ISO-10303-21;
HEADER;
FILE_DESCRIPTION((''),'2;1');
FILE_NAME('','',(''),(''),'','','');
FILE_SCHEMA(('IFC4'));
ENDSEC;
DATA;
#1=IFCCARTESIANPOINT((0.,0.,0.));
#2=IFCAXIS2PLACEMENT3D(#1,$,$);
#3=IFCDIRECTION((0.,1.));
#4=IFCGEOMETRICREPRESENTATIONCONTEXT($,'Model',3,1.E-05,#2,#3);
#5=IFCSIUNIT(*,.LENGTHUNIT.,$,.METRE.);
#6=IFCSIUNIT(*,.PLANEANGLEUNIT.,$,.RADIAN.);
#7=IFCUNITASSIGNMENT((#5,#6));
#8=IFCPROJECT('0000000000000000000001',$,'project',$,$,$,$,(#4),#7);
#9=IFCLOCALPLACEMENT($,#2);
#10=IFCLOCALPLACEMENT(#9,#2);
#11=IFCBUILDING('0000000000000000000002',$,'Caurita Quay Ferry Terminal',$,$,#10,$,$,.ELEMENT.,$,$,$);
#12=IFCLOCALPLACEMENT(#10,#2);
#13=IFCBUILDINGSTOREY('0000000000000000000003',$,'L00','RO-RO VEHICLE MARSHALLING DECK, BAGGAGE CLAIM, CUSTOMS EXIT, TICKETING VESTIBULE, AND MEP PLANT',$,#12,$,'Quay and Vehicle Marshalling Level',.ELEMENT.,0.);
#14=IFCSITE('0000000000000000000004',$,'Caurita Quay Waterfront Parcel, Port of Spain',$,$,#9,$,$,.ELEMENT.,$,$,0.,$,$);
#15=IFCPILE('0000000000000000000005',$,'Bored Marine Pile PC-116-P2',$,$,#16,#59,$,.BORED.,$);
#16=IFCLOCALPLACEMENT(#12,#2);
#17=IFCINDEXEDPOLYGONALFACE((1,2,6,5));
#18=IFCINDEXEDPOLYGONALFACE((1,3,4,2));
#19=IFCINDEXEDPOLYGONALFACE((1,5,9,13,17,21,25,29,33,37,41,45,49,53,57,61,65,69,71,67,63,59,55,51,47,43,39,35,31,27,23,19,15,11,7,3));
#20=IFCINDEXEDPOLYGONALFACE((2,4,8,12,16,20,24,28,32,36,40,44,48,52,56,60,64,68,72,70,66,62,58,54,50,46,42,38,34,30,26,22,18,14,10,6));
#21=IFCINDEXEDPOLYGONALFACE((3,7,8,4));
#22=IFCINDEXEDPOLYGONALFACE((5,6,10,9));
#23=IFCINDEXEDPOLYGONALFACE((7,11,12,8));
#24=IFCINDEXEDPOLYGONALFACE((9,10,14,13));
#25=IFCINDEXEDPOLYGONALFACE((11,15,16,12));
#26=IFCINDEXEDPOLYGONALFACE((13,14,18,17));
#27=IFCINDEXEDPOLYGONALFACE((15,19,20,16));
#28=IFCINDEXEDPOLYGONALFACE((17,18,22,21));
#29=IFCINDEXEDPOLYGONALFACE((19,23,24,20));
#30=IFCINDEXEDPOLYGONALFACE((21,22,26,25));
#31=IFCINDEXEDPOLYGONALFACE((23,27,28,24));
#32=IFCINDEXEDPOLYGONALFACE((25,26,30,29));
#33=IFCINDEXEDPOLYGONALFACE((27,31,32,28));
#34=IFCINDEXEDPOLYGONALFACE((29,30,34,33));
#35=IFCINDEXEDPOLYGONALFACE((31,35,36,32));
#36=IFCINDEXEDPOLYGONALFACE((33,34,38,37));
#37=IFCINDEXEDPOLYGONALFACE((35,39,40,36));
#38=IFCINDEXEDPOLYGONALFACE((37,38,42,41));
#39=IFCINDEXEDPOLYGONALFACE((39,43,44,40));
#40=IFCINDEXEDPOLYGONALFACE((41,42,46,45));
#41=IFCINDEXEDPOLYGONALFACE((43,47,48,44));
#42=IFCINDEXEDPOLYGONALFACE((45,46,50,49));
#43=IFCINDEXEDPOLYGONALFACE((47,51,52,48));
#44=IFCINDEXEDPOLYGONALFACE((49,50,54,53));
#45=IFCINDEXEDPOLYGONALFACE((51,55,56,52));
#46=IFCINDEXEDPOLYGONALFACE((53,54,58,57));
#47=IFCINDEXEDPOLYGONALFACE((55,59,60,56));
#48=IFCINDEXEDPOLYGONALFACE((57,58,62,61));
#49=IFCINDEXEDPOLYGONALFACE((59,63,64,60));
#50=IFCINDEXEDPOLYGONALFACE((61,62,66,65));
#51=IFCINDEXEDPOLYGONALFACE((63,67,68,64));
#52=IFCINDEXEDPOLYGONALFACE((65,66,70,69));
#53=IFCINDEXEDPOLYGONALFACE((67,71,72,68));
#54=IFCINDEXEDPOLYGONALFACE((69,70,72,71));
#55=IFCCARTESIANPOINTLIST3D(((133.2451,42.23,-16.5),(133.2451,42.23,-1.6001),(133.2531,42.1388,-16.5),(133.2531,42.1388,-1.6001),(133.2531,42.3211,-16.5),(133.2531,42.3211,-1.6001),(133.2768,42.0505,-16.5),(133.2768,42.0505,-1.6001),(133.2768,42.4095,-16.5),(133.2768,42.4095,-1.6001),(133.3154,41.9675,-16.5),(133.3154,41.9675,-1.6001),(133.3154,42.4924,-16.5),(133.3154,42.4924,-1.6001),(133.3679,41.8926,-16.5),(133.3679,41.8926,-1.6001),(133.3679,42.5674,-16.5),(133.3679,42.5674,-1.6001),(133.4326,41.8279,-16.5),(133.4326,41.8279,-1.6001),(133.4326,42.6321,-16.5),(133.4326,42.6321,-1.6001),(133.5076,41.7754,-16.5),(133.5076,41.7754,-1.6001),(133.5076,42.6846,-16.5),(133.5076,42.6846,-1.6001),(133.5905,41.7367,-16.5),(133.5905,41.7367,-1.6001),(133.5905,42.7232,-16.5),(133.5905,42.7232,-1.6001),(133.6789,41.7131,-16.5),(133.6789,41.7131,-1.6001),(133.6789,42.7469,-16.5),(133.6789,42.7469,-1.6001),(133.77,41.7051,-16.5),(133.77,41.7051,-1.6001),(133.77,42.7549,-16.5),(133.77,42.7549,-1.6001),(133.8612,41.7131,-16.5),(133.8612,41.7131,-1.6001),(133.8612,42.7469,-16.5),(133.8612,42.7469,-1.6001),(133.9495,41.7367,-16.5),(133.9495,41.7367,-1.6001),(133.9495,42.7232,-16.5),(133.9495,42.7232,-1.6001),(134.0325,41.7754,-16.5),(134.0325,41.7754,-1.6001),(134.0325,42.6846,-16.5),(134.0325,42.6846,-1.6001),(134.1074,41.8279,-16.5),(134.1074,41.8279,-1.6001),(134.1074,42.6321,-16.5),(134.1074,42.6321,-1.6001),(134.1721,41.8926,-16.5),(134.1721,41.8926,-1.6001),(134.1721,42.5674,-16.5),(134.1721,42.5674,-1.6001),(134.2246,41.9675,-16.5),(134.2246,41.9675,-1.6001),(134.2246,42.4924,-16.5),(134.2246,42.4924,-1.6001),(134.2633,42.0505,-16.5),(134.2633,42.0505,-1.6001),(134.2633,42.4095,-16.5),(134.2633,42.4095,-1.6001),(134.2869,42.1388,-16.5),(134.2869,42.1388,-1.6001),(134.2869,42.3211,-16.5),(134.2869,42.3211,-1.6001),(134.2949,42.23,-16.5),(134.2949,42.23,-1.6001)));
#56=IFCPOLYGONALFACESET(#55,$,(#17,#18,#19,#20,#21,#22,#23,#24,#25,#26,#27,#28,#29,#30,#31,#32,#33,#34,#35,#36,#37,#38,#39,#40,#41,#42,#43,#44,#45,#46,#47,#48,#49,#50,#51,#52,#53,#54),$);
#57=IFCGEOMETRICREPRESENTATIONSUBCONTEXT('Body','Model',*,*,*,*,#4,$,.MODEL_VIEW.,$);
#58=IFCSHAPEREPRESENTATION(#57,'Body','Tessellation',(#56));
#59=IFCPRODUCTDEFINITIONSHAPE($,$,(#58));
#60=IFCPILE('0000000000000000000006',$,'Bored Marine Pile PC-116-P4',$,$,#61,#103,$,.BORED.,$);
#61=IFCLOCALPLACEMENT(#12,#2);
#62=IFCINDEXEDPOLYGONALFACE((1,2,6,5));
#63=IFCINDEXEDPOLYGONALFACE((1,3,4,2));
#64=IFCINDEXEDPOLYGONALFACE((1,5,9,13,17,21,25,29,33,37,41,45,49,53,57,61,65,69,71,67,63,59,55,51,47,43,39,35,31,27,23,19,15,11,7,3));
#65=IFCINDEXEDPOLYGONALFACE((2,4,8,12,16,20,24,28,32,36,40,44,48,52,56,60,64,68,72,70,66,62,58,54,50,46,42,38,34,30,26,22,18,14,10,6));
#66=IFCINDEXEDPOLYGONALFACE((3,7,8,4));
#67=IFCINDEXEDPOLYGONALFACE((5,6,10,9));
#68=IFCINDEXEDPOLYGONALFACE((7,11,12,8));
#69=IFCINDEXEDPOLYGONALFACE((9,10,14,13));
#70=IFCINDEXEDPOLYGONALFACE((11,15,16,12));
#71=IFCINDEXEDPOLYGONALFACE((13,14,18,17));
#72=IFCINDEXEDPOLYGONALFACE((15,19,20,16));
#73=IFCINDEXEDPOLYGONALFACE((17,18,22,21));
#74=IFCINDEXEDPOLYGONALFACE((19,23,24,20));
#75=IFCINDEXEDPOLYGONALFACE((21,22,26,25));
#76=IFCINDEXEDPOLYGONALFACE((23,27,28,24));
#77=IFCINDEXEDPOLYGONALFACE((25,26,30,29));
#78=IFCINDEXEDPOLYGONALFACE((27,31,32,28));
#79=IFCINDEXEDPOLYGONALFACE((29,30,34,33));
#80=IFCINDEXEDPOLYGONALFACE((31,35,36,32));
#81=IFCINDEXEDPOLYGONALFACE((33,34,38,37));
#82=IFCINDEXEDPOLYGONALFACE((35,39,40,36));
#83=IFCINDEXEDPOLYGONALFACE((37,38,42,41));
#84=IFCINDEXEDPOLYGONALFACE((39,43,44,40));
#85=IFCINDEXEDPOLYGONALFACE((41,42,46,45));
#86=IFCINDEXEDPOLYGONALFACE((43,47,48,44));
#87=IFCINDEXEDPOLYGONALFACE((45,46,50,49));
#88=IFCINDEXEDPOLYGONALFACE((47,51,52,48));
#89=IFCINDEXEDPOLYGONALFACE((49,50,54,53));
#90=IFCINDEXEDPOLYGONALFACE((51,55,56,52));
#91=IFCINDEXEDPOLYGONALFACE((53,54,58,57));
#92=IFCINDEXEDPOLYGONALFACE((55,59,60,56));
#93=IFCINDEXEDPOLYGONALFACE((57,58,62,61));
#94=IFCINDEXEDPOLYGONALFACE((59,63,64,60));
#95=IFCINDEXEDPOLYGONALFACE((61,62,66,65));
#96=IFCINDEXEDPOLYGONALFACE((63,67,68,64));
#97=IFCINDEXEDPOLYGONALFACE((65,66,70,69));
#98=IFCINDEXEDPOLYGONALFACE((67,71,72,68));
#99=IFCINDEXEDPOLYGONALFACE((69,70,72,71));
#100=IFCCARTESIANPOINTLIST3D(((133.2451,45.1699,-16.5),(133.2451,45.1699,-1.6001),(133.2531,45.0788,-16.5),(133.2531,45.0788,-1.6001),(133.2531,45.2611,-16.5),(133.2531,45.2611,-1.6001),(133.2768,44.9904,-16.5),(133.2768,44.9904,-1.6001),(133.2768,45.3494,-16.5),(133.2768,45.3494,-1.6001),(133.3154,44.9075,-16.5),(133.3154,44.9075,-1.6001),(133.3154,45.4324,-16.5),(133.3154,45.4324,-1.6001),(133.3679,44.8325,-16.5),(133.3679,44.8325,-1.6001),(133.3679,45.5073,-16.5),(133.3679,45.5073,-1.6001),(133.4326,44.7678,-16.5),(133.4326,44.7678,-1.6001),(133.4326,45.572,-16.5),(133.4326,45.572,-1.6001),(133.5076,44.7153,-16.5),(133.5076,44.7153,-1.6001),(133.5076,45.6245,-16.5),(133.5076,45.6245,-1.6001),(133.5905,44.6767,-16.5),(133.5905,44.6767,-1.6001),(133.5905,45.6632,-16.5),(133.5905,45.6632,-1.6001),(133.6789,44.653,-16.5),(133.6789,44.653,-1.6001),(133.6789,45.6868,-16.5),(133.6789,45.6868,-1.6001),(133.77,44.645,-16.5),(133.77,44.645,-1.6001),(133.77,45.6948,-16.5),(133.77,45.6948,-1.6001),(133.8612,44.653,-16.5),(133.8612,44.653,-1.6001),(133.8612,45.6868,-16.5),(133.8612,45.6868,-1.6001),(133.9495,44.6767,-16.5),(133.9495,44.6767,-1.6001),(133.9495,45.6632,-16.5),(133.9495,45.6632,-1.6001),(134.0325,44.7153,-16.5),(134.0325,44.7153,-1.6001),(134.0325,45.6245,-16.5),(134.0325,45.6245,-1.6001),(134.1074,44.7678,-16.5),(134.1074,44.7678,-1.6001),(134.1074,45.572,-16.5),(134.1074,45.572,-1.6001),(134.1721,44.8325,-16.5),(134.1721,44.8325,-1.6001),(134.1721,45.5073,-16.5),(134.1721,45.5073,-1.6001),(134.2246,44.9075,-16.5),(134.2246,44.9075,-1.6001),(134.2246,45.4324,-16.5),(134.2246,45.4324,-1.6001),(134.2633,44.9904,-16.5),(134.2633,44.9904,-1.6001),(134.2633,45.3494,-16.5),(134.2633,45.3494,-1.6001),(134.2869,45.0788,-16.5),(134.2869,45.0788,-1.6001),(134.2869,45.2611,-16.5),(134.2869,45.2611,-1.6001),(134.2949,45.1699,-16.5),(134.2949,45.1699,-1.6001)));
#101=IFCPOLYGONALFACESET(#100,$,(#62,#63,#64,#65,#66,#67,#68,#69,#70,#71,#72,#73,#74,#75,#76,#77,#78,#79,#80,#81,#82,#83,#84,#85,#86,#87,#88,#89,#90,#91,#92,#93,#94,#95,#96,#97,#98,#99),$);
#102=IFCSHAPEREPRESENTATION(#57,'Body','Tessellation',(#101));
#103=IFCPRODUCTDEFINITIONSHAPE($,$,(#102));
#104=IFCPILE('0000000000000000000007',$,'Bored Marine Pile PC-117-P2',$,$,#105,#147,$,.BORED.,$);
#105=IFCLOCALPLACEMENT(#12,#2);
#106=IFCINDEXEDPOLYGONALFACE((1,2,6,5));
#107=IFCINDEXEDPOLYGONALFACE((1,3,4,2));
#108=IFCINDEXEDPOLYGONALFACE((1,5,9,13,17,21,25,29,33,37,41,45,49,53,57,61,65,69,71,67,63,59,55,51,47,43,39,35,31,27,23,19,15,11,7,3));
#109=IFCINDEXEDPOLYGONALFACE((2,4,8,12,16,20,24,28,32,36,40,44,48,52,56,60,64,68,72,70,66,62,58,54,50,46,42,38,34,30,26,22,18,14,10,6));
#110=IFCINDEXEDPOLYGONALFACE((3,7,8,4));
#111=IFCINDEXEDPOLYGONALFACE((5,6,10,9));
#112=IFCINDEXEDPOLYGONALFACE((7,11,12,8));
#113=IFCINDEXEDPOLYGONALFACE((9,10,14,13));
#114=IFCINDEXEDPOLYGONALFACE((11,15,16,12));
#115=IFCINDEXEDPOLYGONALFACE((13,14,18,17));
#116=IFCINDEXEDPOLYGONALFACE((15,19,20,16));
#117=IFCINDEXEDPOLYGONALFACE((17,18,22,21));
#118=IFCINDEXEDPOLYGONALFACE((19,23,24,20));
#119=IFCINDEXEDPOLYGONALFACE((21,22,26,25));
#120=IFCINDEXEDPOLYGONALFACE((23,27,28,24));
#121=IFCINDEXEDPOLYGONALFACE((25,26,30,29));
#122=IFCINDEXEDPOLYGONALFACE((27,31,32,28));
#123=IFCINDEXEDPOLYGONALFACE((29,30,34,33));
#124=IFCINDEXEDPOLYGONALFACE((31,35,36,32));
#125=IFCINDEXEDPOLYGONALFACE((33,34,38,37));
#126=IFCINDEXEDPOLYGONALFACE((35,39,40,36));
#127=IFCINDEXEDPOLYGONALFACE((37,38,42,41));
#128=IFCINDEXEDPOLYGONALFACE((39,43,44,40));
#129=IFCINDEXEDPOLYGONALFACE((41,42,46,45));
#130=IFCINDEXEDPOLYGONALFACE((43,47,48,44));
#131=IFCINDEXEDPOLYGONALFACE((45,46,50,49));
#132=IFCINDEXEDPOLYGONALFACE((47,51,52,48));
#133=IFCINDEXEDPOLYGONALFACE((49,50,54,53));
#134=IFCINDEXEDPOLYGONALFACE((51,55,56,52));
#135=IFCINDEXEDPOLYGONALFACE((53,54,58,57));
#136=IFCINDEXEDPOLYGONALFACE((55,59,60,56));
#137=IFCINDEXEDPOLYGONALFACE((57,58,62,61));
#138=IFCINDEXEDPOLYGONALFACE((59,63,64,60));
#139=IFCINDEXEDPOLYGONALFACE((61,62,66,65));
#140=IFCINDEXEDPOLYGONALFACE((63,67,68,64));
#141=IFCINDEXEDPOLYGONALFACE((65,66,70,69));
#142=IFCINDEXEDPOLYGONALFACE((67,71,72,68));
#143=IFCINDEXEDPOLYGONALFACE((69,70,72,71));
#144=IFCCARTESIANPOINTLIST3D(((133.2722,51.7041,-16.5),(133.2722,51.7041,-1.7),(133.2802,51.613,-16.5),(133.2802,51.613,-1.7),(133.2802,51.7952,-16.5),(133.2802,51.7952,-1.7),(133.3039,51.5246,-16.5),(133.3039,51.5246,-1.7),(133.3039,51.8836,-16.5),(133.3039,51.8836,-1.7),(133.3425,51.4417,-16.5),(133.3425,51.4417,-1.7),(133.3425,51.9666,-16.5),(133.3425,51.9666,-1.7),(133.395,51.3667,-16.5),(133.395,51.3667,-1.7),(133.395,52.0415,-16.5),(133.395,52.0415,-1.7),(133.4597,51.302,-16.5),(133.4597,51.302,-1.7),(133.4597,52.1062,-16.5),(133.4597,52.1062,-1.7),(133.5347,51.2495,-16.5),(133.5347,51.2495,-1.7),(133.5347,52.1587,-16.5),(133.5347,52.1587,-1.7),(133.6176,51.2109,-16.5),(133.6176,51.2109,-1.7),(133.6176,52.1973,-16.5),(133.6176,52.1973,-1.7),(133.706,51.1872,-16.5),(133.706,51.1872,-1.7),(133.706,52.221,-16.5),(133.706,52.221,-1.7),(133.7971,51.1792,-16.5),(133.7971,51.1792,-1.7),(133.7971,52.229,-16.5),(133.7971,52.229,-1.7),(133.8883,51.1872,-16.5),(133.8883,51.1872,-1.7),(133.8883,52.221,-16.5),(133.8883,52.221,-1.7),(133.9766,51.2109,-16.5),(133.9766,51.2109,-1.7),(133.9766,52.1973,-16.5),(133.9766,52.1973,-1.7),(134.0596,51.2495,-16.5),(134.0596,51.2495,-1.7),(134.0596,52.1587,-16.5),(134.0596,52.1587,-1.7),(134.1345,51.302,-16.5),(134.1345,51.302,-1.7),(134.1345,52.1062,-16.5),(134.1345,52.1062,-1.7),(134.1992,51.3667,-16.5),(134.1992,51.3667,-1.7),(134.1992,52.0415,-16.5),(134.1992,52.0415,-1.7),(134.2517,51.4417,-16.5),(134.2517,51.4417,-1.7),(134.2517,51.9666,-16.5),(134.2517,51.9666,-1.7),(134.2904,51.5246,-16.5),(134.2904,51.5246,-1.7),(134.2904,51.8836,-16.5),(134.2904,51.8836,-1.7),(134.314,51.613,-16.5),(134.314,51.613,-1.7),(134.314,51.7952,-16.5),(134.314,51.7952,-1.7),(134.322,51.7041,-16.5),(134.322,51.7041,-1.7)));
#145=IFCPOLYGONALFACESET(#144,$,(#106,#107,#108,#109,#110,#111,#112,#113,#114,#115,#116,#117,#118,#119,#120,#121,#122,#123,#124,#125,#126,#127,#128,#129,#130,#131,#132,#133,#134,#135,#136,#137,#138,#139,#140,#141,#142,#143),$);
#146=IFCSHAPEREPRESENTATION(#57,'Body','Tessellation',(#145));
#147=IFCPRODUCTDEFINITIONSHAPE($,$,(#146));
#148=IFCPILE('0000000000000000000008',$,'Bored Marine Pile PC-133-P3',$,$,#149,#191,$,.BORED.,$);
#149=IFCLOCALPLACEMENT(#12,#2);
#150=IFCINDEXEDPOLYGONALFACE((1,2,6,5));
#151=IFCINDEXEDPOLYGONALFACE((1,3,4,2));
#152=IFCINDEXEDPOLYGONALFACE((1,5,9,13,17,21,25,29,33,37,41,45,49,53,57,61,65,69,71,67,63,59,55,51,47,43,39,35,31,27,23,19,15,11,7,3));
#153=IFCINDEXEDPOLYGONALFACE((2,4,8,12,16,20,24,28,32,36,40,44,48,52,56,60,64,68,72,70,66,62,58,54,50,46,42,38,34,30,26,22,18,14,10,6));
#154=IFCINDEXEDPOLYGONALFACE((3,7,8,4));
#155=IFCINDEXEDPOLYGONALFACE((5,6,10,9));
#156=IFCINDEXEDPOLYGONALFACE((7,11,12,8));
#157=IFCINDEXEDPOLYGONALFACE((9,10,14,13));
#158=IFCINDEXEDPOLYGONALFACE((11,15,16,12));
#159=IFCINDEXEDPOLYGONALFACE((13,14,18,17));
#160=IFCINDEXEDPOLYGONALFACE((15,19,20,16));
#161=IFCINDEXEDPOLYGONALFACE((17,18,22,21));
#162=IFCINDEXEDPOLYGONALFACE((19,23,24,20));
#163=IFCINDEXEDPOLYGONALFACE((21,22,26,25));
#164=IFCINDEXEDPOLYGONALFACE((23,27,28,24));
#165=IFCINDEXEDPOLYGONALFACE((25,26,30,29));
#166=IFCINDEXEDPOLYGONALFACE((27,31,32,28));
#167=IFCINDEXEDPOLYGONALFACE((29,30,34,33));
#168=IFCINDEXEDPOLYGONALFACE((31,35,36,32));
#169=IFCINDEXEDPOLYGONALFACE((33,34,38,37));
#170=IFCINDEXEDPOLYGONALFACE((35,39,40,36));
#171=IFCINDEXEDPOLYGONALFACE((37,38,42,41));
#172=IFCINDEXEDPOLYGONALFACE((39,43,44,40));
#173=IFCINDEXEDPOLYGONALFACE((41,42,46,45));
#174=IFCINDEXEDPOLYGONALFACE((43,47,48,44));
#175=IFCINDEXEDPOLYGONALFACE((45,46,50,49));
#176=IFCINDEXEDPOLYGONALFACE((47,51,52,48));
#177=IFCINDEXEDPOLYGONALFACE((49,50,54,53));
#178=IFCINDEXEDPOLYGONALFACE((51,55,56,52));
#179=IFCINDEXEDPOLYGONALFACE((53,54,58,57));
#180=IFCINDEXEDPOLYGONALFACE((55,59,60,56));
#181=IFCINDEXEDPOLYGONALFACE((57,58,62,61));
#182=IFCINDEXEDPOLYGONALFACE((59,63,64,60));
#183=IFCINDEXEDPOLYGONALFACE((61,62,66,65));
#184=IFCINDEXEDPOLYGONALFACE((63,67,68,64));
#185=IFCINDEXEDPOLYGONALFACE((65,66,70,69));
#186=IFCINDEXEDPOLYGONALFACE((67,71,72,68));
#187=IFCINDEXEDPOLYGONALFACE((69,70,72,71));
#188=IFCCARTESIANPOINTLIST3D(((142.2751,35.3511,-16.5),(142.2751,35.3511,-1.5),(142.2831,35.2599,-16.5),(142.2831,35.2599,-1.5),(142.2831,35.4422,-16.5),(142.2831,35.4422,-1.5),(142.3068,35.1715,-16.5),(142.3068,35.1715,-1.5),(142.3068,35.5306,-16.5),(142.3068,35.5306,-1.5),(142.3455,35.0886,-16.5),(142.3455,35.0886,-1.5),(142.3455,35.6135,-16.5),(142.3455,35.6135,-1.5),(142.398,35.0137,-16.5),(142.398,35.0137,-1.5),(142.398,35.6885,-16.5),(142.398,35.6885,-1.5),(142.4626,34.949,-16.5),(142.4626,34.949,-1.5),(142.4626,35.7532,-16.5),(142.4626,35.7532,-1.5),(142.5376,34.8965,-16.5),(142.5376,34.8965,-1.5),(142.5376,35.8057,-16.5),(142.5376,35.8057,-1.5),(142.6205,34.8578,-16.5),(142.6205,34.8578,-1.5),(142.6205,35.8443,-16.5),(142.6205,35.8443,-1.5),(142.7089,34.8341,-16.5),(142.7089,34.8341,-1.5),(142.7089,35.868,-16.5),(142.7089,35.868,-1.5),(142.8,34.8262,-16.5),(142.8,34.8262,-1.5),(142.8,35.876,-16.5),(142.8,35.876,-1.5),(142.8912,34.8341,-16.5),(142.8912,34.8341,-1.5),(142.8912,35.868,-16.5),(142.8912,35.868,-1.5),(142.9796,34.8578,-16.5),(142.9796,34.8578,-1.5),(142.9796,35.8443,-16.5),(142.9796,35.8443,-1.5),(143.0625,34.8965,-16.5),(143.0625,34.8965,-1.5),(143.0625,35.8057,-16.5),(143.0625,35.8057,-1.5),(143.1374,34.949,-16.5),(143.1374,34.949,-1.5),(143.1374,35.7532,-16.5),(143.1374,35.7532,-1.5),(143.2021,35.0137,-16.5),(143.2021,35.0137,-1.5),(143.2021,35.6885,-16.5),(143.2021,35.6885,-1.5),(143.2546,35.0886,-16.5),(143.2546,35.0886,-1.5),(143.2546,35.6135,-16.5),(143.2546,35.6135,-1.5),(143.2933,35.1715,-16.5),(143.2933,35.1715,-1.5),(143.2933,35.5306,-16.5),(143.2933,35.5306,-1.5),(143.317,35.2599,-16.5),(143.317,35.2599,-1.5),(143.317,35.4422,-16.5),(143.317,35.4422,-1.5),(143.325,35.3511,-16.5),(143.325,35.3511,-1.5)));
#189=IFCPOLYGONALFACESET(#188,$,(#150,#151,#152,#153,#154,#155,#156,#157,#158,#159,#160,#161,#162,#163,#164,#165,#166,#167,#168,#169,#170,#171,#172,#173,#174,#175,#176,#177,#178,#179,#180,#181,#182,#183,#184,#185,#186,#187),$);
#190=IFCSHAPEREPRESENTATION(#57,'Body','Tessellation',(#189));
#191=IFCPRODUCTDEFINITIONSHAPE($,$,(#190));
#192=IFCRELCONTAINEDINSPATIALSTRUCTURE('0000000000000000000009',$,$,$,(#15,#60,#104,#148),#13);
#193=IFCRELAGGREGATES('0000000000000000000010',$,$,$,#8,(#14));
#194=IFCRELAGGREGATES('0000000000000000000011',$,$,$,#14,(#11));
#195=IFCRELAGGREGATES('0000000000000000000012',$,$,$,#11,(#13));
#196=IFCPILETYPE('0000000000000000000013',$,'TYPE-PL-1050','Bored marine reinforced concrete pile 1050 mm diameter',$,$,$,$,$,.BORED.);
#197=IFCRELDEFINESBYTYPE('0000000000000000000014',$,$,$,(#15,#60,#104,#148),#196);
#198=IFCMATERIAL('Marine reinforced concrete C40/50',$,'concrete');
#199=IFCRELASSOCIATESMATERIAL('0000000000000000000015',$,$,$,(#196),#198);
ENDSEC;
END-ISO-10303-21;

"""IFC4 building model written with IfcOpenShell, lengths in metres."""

from ifc_helpers import new_model, si_unit, direction, frame, origin, origin_2d, place, context, subcontext, project, spatial, circle, extrude, material, material_profile, profile_set, type_object, element, save


model = new_model("IFC4")

# Units and contexts
model_context = context("Model", 3, precision=1e-05, world=origin(), true_north=direction((0.0, 1.0)))
body_context = subcontext(model_context, "Body", "Model", "MODEL_VIEW")
ifc_project = project(units=[si_unit("LENGTHUNIT", "METRE"), si_unit("PLANEANGLEUNIT", "RADIAN")], contexts=[model_context])

# Site, building, storey
site_placement = place(None, origin())
site = spatial("IfcSite", under=ifc_project, at=site_placement, Name="Caurita Quay Waterfront Parcel, Port of Spain", CompositionType="ELEMENT", RefElevation=0.0)
building_placement = place(site_placement, origin())
building = spatial("IfcBuilding", under=site, at=building_placement, Name="Caurita Quay Ferry Terminal", CompositionType="ELEMENT")
storey_placement = place(building_placement, origin())
storey = spatial("IfcBuildingStorey", under=building, at=storey_placement, Name="L00", Description="RO-RO VEHICLE MARSHALLING DECK, BAGGAGE CLAIM, CUSTOMS EXIT, TICKETING VESTIBULE, AND MEP PLANT", LongName="Quay and Vehicle Marshalling Level", CompositionType="ELEMENT", Elevation=0.0)

# Piles
ifc_material_1 = material(Name="Marine reinforced concrete C40/50", Category="concrete")
ifc_material_profile_1 = material_profile(ifc_material_1, circle(Radius=0.5249, at=origin_2d()), Name="PILE-D1050")
ifc_profile_set_1 = profile_set([ifc_material_profile_1], Name="Marine reinforced concrete C40/50")
pile_type_1 = type_object("IfcPileType", Name="TYPE-PL-1050", Description="Bored marine reinforced concrete pile 1050 mm diameter", PredefinedType="BORED", material=ifc_profile_set_1)
for number, where, z_axis, x_axis, name in (
    (1, (133.77, 42.23, -1.6001), (0.0, 0.0, -1.0), (1.0, 0.0, 0.0), "Bored Marine Pile PC-116-P2"),
    (2, (133.77, 45.1699, -1.6001), (0.0, 0.0, -1.0), (1.0, 0.0, 0.0), "Bored Marine Pile PC-116-P4"),
):
    element("IfcPile", number, at=place(storey_placement, frame(where, z_axis=z_axis, x_axis=x_axis)), inside=storey, type_object=pile_type_1, Name=name, PredefinedType="BORED", context=body_context, shape_type="SweptSolid", body=[
        extrude(circle(Radius=0.5249, at=origin_2d()), origin(), (0.0, 0.0, 1.0), 14.8999),
    ])
pile_1_placement = place(storey_placement, frame((133.7971, 51.7041, -1.7), z_axis=(0.0, 0.0, -1.0), x_axis=(1.0, 0.0, 0.0)))
element("IfcPile", 3, at=pile_1_placement, inside=storey, type_object=pile_type_1, Name="Bored Marine Pile PC-117-P2", PredefinedType="BORED", context=body_context, shape_type="SweptSolid", body=[
    extrude(circle(Radius=0.5249, at=origin_2d()), origin(), (0.0, 0.0, 1.0), 14.8),
])
pile_2_placement = place(storey_placement, frame((142.8, 35.3511, -1.5), z_axis=(0.0, 0.0, -1.0), x_axis=(1.0, 0.0, 0.0)))
element("IfcPile", 4, at=pile_2_placement, inside=storey, type_object=pile_type_1, Name="Bored Marine Pile PC-133-P3", PredefinedType="BORED", context=body_context, shape_type="SweptSolid", body=[
    extrude(circle(Radius=0.5249, at=origin_2d()), origin(), (0.0, 0.0, 1.0), 15.0),
])

save(model, "model.ifc")
